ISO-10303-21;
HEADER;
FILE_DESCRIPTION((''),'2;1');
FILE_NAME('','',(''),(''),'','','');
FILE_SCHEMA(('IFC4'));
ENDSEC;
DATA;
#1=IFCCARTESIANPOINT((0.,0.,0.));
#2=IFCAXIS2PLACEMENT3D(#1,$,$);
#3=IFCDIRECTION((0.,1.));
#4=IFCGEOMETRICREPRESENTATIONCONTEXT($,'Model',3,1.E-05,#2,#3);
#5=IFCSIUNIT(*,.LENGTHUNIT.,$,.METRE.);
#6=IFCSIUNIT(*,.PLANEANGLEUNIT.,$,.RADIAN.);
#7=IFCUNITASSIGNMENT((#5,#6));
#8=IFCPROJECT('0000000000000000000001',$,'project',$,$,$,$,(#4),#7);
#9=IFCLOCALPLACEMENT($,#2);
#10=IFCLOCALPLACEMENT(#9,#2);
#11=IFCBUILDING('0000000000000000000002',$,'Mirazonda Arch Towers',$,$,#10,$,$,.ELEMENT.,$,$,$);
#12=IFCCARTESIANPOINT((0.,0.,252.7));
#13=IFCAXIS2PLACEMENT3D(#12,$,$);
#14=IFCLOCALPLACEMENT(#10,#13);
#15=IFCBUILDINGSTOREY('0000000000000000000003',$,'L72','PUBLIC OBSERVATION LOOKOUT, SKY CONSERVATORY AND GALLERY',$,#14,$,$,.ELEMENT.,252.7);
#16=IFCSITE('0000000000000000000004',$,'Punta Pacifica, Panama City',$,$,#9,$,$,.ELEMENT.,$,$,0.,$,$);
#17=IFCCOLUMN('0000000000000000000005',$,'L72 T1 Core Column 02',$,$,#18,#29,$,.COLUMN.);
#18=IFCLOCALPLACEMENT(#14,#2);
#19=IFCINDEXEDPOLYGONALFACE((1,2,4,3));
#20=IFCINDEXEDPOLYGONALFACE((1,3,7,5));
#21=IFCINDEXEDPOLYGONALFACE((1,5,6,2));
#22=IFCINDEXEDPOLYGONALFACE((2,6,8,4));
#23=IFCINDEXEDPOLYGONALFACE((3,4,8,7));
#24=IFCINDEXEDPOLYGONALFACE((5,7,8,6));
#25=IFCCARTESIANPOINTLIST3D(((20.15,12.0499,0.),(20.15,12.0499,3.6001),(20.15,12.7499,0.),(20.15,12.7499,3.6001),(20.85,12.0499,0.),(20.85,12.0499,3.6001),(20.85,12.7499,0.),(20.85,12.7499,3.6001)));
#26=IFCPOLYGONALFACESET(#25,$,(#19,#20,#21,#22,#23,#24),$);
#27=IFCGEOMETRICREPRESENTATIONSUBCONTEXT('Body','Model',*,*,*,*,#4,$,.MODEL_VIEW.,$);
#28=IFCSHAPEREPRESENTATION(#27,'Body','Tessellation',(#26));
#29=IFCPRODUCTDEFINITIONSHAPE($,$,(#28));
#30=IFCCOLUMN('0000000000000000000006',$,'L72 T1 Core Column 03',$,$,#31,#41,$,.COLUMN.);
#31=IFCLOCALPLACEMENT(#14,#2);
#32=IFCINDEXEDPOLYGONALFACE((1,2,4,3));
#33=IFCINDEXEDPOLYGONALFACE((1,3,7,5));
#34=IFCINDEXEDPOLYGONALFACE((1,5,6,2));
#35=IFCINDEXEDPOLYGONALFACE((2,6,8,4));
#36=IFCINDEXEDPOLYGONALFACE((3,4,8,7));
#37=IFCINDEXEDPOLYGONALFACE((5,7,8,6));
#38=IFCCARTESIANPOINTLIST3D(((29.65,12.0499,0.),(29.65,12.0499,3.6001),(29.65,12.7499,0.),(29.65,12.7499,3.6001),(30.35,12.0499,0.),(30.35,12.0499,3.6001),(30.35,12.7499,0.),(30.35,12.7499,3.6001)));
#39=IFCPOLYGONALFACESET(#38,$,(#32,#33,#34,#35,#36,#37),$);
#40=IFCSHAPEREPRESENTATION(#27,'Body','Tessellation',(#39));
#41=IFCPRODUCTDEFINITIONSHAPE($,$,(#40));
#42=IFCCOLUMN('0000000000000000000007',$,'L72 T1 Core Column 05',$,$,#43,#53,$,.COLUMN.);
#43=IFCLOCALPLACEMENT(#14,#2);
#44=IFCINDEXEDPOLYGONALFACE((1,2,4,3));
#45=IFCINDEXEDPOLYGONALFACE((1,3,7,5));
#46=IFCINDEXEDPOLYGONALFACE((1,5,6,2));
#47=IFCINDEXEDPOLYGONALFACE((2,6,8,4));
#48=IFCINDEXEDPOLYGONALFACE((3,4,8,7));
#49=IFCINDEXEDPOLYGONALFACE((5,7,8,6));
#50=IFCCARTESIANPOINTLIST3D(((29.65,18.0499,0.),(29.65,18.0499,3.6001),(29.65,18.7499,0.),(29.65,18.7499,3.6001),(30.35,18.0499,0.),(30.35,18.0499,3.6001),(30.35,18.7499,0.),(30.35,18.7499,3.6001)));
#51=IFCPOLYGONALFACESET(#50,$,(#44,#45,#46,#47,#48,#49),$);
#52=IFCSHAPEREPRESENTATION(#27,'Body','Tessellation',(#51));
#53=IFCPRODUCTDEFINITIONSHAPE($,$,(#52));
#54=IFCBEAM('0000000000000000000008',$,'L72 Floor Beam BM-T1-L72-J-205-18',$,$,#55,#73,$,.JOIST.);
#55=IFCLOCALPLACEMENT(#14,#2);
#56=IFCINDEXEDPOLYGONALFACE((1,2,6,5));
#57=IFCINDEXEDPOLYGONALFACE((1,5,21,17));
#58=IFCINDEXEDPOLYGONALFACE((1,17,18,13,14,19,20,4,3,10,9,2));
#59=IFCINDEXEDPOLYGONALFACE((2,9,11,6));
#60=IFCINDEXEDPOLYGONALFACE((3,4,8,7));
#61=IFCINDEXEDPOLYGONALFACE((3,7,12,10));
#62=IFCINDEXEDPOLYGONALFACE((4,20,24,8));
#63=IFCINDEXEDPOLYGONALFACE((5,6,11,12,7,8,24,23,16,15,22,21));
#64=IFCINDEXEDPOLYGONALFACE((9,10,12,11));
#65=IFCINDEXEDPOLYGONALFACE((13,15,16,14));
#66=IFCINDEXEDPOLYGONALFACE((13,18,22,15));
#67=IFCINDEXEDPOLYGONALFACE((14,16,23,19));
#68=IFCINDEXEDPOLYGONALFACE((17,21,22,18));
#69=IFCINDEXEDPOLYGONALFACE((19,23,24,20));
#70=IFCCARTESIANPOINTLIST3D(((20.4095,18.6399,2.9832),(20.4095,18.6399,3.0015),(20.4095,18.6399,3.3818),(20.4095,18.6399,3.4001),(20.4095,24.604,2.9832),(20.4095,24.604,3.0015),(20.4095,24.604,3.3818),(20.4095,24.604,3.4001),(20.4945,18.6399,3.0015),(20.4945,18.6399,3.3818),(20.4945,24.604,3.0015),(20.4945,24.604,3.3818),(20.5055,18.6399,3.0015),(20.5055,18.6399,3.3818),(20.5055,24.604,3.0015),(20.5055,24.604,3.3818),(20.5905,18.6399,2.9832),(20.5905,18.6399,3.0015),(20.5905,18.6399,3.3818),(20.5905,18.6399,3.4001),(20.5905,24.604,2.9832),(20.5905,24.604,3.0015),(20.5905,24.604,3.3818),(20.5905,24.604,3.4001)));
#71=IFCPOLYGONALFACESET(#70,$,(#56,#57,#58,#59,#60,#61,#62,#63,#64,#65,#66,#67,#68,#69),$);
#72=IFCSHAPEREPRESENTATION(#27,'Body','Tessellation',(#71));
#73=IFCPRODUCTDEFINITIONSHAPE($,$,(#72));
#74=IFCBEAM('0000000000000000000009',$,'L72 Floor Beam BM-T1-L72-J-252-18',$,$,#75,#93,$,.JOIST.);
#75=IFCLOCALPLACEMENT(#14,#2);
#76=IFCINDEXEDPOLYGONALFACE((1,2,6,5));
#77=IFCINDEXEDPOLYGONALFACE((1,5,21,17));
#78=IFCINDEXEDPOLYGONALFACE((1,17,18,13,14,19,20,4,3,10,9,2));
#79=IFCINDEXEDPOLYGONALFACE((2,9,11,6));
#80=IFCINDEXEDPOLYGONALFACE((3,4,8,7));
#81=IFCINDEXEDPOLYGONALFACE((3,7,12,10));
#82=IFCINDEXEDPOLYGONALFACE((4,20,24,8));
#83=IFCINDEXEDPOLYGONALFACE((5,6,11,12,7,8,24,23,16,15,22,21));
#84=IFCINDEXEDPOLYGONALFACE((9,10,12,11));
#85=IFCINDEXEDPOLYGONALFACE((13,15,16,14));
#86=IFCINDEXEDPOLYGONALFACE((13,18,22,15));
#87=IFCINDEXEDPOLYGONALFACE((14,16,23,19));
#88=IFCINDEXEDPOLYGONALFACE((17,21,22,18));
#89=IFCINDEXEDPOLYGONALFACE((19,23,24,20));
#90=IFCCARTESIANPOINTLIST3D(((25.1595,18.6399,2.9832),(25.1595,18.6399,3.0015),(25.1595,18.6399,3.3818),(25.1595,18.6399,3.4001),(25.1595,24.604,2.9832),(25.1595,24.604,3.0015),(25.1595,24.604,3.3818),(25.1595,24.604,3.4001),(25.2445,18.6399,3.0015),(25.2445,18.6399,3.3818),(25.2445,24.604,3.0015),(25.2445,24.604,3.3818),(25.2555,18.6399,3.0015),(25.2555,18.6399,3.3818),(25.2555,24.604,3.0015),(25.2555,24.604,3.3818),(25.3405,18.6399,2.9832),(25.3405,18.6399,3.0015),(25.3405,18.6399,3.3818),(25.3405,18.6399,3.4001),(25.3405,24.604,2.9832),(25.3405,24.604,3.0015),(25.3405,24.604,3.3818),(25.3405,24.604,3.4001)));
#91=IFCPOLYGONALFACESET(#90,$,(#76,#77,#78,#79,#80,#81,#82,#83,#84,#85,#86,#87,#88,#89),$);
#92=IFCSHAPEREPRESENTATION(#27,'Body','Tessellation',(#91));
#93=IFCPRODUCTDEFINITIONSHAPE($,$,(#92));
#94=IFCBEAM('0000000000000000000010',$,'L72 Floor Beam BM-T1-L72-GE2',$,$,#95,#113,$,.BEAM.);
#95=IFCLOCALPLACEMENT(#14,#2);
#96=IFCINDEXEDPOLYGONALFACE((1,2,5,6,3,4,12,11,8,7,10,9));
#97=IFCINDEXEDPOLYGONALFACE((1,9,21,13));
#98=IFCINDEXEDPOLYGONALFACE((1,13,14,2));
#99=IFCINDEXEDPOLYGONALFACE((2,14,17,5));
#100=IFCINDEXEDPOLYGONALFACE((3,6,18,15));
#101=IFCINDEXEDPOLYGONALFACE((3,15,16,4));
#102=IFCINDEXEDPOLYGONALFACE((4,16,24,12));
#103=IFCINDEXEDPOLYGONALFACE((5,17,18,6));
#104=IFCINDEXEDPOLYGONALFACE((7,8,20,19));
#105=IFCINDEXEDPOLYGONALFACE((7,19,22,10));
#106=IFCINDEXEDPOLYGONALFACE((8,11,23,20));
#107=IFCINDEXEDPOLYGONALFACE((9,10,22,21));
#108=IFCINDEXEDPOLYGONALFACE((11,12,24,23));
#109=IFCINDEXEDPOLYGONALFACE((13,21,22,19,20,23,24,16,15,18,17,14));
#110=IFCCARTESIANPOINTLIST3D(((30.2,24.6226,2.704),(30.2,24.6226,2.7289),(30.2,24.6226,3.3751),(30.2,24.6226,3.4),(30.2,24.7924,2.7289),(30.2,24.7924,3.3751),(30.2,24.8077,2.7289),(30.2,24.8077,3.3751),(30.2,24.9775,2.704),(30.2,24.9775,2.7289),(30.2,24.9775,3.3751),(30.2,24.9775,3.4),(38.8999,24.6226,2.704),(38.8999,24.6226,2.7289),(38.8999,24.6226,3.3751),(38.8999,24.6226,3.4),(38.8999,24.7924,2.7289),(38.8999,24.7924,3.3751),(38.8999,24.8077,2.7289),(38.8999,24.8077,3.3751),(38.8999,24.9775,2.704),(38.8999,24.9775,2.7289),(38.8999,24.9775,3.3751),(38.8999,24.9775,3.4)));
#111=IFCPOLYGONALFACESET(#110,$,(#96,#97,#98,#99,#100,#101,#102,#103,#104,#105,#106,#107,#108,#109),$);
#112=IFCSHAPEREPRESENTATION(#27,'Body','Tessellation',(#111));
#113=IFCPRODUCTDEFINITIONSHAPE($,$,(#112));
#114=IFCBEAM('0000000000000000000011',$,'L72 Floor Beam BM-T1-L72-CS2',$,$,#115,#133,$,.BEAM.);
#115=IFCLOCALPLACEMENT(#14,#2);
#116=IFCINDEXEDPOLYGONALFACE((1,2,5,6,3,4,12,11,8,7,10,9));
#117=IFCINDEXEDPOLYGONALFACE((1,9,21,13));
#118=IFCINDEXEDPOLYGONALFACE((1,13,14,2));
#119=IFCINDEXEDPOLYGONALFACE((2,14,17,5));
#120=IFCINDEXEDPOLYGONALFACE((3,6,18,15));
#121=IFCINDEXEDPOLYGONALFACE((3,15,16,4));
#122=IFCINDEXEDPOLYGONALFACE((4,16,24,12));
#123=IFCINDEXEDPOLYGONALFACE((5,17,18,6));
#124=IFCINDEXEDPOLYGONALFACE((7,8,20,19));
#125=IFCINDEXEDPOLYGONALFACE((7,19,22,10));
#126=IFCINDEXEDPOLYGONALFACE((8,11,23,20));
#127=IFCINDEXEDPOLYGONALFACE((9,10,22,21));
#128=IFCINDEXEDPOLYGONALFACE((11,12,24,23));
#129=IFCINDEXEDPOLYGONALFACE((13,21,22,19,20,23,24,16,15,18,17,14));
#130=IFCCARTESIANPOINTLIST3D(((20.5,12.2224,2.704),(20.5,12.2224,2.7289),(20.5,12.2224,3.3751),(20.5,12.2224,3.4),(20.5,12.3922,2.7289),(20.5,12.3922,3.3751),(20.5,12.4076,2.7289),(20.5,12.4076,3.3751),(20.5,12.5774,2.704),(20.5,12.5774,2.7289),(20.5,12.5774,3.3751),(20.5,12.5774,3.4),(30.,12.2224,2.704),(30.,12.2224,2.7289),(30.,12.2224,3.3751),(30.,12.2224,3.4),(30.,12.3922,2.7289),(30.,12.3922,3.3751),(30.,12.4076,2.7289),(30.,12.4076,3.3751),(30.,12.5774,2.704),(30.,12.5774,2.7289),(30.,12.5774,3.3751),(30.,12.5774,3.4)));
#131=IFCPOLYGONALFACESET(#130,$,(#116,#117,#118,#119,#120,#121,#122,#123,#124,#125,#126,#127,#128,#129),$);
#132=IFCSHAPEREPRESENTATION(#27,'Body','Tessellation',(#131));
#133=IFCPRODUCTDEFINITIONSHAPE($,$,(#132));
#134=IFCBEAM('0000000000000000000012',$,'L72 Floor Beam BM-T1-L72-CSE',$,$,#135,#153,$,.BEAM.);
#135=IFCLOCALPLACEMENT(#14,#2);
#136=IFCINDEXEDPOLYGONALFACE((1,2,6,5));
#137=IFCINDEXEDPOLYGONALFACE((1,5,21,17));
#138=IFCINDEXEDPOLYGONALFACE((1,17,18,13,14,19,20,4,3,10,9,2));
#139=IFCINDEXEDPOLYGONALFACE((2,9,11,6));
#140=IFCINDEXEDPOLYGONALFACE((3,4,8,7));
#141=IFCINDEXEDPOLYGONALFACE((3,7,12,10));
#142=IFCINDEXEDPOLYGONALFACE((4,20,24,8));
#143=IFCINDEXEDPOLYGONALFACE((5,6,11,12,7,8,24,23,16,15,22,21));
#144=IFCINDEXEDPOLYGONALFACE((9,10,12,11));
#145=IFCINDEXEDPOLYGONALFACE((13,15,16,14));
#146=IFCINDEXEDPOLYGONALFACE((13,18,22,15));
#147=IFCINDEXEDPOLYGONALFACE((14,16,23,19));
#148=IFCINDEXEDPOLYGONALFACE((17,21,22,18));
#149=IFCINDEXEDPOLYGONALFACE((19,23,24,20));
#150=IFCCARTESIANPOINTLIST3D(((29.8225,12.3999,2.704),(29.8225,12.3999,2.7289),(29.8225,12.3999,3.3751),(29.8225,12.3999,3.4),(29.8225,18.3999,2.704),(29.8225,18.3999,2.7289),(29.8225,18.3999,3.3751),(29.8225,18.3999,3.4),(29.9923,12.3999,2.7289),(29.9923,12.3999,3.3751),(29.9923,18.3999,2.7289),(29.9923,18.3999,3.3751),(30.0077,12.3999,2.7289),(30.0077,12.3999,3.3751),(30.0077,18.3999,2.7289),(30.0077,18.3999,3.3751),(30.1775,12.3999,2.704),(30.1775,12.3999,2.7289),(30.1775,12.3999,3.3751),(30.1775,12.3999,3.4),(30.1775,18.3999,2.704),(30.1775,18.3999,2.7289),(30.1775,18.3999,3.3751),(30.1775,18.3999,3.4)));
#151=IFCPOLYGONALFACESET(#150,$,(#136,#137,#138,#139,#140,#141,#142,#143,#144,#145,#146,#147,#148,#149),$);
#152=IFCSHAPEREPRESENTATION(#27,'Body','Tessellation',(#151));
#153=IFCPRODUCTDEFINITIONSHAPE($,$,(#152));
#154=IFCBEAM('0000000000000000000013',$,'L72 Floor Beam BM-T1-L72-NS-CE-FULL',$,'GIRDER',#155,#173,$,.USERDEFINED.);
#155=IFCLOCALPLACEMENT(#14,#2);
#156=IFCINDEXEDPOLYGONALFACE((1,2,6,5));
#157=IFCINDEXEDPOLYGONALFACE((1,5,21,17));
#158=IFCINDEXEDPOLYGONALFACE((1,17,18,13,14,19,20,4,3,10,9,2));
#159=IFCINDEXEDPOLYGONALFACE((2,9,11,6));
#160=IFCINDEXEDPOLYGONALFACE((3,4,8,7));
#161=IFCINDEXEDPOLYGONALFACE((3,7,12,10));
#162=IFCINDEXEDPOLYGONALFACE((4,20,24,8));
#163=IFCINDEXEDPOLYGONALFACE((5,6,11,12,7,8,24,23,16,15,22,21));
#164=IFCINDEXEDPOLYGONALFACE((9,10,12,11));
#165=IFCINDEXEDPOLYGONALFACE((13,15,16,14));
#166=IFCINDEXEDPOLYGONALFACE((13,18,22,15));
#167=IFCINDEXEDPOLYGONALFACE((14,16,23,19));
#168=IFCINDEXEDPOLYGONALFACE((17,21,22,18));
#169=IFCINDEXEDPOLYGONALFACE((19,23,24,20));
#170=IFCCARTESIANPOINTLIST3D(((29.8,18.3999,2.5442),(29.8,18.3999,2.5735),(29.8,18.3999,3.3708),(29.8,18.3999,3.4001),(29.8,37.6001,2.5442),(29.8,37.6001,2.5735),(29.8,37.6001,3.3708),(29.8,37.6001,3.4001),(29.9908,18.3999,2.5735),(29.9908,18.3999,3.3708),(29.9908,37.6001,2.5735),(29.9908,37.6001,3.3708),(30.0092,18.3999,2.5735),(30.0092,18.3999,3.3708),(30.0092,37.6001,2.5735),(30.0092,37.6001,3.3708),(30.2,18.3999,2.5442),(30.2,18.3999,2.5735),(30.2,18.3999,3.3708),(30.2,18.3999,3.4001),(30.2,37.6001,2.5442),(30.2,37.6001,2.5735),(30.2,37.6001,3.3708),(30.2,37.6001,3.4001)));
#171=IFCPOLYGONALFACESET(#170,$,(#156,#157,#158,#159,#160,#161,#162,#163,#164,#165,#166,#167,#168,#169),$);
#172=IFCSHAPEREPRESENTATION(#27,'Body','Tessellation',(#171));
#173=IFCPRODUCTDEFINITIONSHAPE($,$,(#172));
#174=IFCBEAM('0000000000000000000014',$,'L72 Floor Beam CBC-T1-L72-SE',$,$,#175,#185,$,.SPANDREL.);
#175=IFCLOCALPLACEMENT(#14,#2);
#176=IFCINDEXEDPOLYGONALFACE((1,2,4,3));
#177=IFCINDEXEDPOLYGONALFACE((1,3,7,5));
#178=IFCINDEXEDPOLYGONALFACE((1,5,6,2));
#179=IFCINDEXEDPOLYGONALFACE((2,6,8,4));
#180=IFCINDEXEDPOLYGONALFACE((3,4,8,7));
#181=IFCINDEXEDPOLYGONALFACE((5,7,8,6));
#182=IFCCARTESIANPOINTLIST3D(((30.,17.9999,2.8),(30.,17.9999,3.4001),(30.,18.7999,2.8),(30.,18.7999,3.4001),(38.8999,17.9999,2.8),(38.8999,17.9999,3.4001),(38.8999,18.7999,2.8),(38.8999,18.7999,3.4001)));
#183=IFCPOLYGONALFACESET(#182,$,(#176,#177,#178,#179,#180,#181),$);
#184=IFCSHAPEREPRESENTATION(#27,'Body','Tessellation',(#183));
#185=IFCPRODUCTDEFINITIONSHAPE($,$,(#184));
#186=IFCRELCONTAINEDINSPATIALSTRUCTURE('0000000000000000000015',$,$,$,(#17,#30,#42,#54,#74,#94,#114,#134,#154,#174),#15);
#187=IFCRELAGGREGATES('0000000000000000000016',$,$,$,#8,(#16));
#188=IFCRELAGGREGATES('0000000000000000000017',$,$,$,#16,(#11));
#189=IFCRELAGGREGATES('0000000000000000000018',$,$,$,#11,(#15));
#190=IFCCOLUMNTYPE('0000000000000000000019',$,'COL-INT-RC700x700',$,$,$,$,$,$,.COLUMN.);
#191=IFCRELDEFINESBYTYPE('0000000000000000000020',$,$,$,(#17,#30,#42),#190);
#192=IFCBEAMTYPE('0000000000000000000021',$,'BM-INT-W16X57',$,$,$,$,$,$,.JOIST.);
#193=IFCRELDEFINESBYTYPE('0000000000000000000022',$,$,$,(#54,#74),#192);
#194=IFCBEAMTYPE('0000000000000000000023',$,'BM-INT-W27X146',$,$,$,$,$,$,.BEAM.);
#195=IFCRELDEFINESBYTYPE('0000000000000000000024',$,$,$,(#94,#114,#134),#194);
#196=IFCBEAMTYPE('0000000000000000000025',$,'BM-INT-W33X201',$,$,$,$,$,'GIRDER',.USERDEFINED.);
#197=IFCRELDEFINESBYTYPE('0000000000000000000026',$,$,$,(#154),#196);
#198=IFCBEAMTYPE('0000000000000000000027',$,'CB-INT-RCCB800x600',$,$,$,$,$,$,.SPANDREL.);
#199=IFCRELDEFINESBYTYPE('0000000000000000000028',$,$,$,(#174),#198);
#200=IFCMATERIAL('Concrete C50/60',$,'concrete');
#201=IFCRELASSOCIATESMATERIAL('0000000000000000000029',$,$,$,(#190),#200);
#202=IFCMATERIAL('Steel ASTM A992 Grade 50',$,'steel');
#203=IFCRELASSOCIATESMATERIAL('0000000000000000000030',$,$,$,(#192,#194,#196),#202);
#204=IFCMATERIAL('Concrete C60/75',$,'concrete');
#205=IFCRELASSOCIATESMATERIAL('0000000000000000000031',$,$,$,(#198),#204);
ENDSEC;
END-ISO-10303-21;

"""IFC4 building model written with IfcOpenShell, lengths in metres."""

from ifc_helpers import new_model, si_unit, direction, frame, origin, origin_2d, place, context, subcontext, project, spatial, rectangle, i_section, extrude, material, material_profile, profile_set, type_object, element, save


model = new_model("IFC4")

# Units and contexts
model_context = context("Model", 3, precision=1e-05, world=origin(), true_north=direction((0.0, 1.0)))
body_context = subcontext(model_context, "Body", "Model", "MODEL_VIEW")
ifc_project = project(units=[si_unit("LENGTHUNIT", "METRE"), si_unit("PLANEANGLEUNIT", "RADIAN")], contexts=[model_context])

# Site, building, storey
site_placement = place(None, origin())
site = spatial("IfcSite", under=ifc_project, at=site_placement, Name="Punta Pacifica, Panama City", CompositionType="ELEMENT", RefElevation=0.0)
building_placement = place(site_placement, origin())
building = spatial("IfcBuilding", under=site, at=building_placement, Name="Mirazonda Arch Towers", CompositionType="ELEMENT")
storey_placement = place(building_placement, frame((0.0, 0.0, 252.7)))
storey = spatial("IfcBuildingStorey", under=building, at=storey_placement, Name="L72", Description="PUBLIC OBSERVATION LOOKOUT, SKY CONSERVATORY AND GALLERY", CompositionType="ELEMENT", Elevation=252.7)

# Columns
ifc_material_1 = material(Name="Concrete C50/60", Category="concrete")
ifc_material_profile_1 = material_profile(ifc_material_1, rectangle(XDim=0.7, YDim=0.7, at=origin_2d()), Name="RC700x700")
ifc_profile_set_1 = profile_set([ifc_material_profile_1], Name="Concrete C50/60")
column_type = type_object("IfcColumnType", Name="COL-INT-RC700x700", PredefinedType="COLUMN", material=ifc_profile_set_1)
for number, where, z_axis, x_axis, name in (
    (1, (20.5, 12.3999, 0.0), (0.0, 0.0, 1.0), (1.0, 0.0, 0.0), "L72 T1 Core Column 02"),
    (2, (30.0, 12.3999, 0.0), (0.0, 0.0, 1.0), (1.0, 0.0, 0.0), "L72 T1 Core Column 03"),
    (3, (30.0, 18.3999, 0.0), (0.0, 0.0, 1.0), (1.0, 0.0, 0.0), "L72 T1 Core Column 05"),
):
    element("IfcColumn", number, at=place(storey_placement, frame(where, z_axis=z_axis, x_axis=x_axis)), inside=storey, type_object=column_type, Name=name, PredefinedType="COLUMN", context=body_context, shape_type="SweptSolid", body=[
        extrude(rectangle(XDim=0.7, YDim=0.7, at=origin_2d()), origin(), (0.0, 0.0, 1.0), 3.6001),
    ])

# Beams
ifc_material_2 = material(Name="Steel ASTM A992 Grade 50", Category="steel")
ifc_material_profile_2 = material_profile(ifc_material_2, i_section(OverallWidth=0.1809, OverallDepth=0.417, WebThickness=0.011, FlangeThickness=0.0183, at=origin_2d()), Name="W16X57")
ifc_profile_set_2 = profile_set([ifc_material_profile_2], Name="Steel ASTM A992 Grade 50")
beam_type_1 = type_object("IfcBeamType", Name="BM-INT-W16X57", PredefinedType="JOIST", material=ifc_profile_set_2)
for number, where, z_axis, x_axis, name in (
    (4, (20.5, 18.6399, 3.1917), (0.0, 1.0, 0.0), (-1.0, 0.0, 0.0), "L72 Floor Beam BM-T1-L72-J-205-18"),
    (5, (25.25, 18.6399, 3.1917), (0.0, 1.0, 0.0), (-1.0, 0.0, 0.0), "L72 Floor Beam BM-T1-L72-J-252-18"),
):
    element("IfcBeam", number, at=place(storey_placement, frame(where, z_axis=z_axis, x_axis=x_axis)), inside=storey, type_object=beam_type_1, Name=name, PredefinedType="JOIST", context=body_context, shape_type="SweptSolid", body=[
        extrude(i_section(OverallWidth=0.1809, OverallDepth=0.417, WebThickness=0.011, FlangeThickness=0.0183, at=origin_2d()), origin(), (0.0, 0.0, 1.0), 5.9641),
    ])
ifc_material_profile_3 = material_profile(ifc_material_2, i_section(OverallWidth=0.355, OverallDepth=0.696, WebThickness=0.0154, FlangeThickness=0.0249, at=origin_2d()), Name="W27X146")
ifc_profile_set_3 = profile_set([ifc_material_profile_3], Name="Steel ASTM A992 Grade 50")
beam_type_2 = type_object("IfcBeamType", Name="BM-INT-W27X146", PredefinedType="BEAM", material=ifc_profile_set_3)
beam_1_placement = place(storey_placement, frame((30.2, 24.8, 3.052), z_axis=(1.0, 0.0, 0.0), x_axis=(0.0, 1.0, 0.0)))
element("IfcBeam", 6, at=beam_1_placement, inside=storey, type_object=beam_type_2, Name="L72 Floor Beam BM-T1-L72-GE2", PredefinedType="BEAM", context=body_context, shape_type="SweptSolid", body=[
    extrude(i_section(OverallWidth=0.355, OverallDepth=0.696, WebThickness=0.0154, FlangeThickness=0.0249, at=origin_2d()), origin(), (0.0, 0.0, 1.0), 8.7),
])
beam_2_placement = place(storey_placement, frame((20.5, 12.3999, 3.052), z_axis=(1.0, 0.0, 0.0), x_axis=(0.0, 1.0, 0.0)))
element("IfcBeam", 7, at=beam_2_placement, inside=storey, type_object=beam_type_2, Name="L72 Floor Beam BM-T1-L72-CS2", PredefinedType="BEAM", context=body_context, shape_type="SweptSolid", body=[
    extrude(i_section(OverallWidth=0.355, OverallDepth=0.696, WebThickness=0.0154, FlangeThickness=0.0249, at=origin_2d()), origin(), (0.0, 0.0, 1.0), 9.5),
])
beam_3_placement = place(storey_placement, frame((30.0, 12.3999, 3.052), z_axis=(0.0, 1.0, 0.0), x_axis=(-1.0, 0.0, 0.0)))
element("IfcBeam", 8, at=beam_3_placement, inside=storey, type_object=beam_type_2, Name="L72 Floor Beam BM-T1-L72-CSE", PredefinedType="BEAM", context=body_context, shape_type="SweptSolid", body=[
    extrude(i_section(OverallWidth=0.355, OverallDepth=0.696, WebThickness=0.0154, FlangeThickness=0.0249, at=origin_2d()), origin(), (0.0, 0.0, 1.0), 6.0),
])
ifc_material_profile_4 = material_profile(ifc_material_2, i_section(OverallWidth=0.3999, OverallDepth=0.856, WebThickness=0.0183, FlangeThickness=0.0293, at=origin_2d()), Name="W33X201")
ifc_profile_set_4 = profile_set([ifc_material_profile_4], Name="Steel ASTM A992 Grade 50")
beam_type_3 = type_object("IfcBeamType", Name="BM-INT-W33X201", ElementType="GIRDER", PredefinedType="USERDEFINED", material=ifc_profile_set_4)
beam_4_placement = place(storey_placement, frame((30.0, 18.3999, 2.9722), z_axis=(0.0, 1.0, 0.0), x_axis=(-1.0, 0.0, 0.0)))
element("IfcBeam", 9, at=beam_4_placement, inside=storey, type_object=beam_type_3, Name="L72 Floor Beam BM-T1-L72-NS-CE-FULL", ObjectType="GIRDER", PredefinedType="USERDEFINED", context=body_context, shape_type="SweptSolid", body=[
    extrude(i_section(OverallWidth=0.3999, OverallDepth=0.856, WebThickness=0.0183, FlangeThickness=0.0293, at=origin_2d()), origin(), (0.0, 0.0, 1.0), 19.2002),
])
ifc_material_3 = material(Name="Concrete C60/75", Category="concrete")
ifc_material_profile_5 = material_profile(ifc_material_3, rectangle(XDim=0.8, YDim=0.6001, at=origin_2d()), Name="RCCB800x600")
ifc_profile_set_5 = profile_set([ifc_material_profile_5], Name="Concrete C60/75")
beam_type_4 = type_object("IfcBeamType", Name="CB-INT-RCCB800x600", PredefinedType="SPANDREL", material=ifc_profile_set_5)
beam_5_placement = place(storey_placement, frame((30.0, 18.3999, 3.1001), z_axis=(1.0, 0.0, 0.0), x_axis=(0.0, 1.0, 0.0)))
element("IfcBeam", 10, at=beam_5_placement, inside=storey, type_object=beam_type_4, Name="L72 Floor Beam CBC-T1-L72-SE", PredefinedType="SPANDREL", context=body_context, shape_type="SweptSolid", body=[
    extrude(rectangle(XDim=0.8, YDim=0.6001, at=origin_2d()), origin(), (0.0, 0.0, 1.0), 8.8999),
])

save(model, "model.ifc")
